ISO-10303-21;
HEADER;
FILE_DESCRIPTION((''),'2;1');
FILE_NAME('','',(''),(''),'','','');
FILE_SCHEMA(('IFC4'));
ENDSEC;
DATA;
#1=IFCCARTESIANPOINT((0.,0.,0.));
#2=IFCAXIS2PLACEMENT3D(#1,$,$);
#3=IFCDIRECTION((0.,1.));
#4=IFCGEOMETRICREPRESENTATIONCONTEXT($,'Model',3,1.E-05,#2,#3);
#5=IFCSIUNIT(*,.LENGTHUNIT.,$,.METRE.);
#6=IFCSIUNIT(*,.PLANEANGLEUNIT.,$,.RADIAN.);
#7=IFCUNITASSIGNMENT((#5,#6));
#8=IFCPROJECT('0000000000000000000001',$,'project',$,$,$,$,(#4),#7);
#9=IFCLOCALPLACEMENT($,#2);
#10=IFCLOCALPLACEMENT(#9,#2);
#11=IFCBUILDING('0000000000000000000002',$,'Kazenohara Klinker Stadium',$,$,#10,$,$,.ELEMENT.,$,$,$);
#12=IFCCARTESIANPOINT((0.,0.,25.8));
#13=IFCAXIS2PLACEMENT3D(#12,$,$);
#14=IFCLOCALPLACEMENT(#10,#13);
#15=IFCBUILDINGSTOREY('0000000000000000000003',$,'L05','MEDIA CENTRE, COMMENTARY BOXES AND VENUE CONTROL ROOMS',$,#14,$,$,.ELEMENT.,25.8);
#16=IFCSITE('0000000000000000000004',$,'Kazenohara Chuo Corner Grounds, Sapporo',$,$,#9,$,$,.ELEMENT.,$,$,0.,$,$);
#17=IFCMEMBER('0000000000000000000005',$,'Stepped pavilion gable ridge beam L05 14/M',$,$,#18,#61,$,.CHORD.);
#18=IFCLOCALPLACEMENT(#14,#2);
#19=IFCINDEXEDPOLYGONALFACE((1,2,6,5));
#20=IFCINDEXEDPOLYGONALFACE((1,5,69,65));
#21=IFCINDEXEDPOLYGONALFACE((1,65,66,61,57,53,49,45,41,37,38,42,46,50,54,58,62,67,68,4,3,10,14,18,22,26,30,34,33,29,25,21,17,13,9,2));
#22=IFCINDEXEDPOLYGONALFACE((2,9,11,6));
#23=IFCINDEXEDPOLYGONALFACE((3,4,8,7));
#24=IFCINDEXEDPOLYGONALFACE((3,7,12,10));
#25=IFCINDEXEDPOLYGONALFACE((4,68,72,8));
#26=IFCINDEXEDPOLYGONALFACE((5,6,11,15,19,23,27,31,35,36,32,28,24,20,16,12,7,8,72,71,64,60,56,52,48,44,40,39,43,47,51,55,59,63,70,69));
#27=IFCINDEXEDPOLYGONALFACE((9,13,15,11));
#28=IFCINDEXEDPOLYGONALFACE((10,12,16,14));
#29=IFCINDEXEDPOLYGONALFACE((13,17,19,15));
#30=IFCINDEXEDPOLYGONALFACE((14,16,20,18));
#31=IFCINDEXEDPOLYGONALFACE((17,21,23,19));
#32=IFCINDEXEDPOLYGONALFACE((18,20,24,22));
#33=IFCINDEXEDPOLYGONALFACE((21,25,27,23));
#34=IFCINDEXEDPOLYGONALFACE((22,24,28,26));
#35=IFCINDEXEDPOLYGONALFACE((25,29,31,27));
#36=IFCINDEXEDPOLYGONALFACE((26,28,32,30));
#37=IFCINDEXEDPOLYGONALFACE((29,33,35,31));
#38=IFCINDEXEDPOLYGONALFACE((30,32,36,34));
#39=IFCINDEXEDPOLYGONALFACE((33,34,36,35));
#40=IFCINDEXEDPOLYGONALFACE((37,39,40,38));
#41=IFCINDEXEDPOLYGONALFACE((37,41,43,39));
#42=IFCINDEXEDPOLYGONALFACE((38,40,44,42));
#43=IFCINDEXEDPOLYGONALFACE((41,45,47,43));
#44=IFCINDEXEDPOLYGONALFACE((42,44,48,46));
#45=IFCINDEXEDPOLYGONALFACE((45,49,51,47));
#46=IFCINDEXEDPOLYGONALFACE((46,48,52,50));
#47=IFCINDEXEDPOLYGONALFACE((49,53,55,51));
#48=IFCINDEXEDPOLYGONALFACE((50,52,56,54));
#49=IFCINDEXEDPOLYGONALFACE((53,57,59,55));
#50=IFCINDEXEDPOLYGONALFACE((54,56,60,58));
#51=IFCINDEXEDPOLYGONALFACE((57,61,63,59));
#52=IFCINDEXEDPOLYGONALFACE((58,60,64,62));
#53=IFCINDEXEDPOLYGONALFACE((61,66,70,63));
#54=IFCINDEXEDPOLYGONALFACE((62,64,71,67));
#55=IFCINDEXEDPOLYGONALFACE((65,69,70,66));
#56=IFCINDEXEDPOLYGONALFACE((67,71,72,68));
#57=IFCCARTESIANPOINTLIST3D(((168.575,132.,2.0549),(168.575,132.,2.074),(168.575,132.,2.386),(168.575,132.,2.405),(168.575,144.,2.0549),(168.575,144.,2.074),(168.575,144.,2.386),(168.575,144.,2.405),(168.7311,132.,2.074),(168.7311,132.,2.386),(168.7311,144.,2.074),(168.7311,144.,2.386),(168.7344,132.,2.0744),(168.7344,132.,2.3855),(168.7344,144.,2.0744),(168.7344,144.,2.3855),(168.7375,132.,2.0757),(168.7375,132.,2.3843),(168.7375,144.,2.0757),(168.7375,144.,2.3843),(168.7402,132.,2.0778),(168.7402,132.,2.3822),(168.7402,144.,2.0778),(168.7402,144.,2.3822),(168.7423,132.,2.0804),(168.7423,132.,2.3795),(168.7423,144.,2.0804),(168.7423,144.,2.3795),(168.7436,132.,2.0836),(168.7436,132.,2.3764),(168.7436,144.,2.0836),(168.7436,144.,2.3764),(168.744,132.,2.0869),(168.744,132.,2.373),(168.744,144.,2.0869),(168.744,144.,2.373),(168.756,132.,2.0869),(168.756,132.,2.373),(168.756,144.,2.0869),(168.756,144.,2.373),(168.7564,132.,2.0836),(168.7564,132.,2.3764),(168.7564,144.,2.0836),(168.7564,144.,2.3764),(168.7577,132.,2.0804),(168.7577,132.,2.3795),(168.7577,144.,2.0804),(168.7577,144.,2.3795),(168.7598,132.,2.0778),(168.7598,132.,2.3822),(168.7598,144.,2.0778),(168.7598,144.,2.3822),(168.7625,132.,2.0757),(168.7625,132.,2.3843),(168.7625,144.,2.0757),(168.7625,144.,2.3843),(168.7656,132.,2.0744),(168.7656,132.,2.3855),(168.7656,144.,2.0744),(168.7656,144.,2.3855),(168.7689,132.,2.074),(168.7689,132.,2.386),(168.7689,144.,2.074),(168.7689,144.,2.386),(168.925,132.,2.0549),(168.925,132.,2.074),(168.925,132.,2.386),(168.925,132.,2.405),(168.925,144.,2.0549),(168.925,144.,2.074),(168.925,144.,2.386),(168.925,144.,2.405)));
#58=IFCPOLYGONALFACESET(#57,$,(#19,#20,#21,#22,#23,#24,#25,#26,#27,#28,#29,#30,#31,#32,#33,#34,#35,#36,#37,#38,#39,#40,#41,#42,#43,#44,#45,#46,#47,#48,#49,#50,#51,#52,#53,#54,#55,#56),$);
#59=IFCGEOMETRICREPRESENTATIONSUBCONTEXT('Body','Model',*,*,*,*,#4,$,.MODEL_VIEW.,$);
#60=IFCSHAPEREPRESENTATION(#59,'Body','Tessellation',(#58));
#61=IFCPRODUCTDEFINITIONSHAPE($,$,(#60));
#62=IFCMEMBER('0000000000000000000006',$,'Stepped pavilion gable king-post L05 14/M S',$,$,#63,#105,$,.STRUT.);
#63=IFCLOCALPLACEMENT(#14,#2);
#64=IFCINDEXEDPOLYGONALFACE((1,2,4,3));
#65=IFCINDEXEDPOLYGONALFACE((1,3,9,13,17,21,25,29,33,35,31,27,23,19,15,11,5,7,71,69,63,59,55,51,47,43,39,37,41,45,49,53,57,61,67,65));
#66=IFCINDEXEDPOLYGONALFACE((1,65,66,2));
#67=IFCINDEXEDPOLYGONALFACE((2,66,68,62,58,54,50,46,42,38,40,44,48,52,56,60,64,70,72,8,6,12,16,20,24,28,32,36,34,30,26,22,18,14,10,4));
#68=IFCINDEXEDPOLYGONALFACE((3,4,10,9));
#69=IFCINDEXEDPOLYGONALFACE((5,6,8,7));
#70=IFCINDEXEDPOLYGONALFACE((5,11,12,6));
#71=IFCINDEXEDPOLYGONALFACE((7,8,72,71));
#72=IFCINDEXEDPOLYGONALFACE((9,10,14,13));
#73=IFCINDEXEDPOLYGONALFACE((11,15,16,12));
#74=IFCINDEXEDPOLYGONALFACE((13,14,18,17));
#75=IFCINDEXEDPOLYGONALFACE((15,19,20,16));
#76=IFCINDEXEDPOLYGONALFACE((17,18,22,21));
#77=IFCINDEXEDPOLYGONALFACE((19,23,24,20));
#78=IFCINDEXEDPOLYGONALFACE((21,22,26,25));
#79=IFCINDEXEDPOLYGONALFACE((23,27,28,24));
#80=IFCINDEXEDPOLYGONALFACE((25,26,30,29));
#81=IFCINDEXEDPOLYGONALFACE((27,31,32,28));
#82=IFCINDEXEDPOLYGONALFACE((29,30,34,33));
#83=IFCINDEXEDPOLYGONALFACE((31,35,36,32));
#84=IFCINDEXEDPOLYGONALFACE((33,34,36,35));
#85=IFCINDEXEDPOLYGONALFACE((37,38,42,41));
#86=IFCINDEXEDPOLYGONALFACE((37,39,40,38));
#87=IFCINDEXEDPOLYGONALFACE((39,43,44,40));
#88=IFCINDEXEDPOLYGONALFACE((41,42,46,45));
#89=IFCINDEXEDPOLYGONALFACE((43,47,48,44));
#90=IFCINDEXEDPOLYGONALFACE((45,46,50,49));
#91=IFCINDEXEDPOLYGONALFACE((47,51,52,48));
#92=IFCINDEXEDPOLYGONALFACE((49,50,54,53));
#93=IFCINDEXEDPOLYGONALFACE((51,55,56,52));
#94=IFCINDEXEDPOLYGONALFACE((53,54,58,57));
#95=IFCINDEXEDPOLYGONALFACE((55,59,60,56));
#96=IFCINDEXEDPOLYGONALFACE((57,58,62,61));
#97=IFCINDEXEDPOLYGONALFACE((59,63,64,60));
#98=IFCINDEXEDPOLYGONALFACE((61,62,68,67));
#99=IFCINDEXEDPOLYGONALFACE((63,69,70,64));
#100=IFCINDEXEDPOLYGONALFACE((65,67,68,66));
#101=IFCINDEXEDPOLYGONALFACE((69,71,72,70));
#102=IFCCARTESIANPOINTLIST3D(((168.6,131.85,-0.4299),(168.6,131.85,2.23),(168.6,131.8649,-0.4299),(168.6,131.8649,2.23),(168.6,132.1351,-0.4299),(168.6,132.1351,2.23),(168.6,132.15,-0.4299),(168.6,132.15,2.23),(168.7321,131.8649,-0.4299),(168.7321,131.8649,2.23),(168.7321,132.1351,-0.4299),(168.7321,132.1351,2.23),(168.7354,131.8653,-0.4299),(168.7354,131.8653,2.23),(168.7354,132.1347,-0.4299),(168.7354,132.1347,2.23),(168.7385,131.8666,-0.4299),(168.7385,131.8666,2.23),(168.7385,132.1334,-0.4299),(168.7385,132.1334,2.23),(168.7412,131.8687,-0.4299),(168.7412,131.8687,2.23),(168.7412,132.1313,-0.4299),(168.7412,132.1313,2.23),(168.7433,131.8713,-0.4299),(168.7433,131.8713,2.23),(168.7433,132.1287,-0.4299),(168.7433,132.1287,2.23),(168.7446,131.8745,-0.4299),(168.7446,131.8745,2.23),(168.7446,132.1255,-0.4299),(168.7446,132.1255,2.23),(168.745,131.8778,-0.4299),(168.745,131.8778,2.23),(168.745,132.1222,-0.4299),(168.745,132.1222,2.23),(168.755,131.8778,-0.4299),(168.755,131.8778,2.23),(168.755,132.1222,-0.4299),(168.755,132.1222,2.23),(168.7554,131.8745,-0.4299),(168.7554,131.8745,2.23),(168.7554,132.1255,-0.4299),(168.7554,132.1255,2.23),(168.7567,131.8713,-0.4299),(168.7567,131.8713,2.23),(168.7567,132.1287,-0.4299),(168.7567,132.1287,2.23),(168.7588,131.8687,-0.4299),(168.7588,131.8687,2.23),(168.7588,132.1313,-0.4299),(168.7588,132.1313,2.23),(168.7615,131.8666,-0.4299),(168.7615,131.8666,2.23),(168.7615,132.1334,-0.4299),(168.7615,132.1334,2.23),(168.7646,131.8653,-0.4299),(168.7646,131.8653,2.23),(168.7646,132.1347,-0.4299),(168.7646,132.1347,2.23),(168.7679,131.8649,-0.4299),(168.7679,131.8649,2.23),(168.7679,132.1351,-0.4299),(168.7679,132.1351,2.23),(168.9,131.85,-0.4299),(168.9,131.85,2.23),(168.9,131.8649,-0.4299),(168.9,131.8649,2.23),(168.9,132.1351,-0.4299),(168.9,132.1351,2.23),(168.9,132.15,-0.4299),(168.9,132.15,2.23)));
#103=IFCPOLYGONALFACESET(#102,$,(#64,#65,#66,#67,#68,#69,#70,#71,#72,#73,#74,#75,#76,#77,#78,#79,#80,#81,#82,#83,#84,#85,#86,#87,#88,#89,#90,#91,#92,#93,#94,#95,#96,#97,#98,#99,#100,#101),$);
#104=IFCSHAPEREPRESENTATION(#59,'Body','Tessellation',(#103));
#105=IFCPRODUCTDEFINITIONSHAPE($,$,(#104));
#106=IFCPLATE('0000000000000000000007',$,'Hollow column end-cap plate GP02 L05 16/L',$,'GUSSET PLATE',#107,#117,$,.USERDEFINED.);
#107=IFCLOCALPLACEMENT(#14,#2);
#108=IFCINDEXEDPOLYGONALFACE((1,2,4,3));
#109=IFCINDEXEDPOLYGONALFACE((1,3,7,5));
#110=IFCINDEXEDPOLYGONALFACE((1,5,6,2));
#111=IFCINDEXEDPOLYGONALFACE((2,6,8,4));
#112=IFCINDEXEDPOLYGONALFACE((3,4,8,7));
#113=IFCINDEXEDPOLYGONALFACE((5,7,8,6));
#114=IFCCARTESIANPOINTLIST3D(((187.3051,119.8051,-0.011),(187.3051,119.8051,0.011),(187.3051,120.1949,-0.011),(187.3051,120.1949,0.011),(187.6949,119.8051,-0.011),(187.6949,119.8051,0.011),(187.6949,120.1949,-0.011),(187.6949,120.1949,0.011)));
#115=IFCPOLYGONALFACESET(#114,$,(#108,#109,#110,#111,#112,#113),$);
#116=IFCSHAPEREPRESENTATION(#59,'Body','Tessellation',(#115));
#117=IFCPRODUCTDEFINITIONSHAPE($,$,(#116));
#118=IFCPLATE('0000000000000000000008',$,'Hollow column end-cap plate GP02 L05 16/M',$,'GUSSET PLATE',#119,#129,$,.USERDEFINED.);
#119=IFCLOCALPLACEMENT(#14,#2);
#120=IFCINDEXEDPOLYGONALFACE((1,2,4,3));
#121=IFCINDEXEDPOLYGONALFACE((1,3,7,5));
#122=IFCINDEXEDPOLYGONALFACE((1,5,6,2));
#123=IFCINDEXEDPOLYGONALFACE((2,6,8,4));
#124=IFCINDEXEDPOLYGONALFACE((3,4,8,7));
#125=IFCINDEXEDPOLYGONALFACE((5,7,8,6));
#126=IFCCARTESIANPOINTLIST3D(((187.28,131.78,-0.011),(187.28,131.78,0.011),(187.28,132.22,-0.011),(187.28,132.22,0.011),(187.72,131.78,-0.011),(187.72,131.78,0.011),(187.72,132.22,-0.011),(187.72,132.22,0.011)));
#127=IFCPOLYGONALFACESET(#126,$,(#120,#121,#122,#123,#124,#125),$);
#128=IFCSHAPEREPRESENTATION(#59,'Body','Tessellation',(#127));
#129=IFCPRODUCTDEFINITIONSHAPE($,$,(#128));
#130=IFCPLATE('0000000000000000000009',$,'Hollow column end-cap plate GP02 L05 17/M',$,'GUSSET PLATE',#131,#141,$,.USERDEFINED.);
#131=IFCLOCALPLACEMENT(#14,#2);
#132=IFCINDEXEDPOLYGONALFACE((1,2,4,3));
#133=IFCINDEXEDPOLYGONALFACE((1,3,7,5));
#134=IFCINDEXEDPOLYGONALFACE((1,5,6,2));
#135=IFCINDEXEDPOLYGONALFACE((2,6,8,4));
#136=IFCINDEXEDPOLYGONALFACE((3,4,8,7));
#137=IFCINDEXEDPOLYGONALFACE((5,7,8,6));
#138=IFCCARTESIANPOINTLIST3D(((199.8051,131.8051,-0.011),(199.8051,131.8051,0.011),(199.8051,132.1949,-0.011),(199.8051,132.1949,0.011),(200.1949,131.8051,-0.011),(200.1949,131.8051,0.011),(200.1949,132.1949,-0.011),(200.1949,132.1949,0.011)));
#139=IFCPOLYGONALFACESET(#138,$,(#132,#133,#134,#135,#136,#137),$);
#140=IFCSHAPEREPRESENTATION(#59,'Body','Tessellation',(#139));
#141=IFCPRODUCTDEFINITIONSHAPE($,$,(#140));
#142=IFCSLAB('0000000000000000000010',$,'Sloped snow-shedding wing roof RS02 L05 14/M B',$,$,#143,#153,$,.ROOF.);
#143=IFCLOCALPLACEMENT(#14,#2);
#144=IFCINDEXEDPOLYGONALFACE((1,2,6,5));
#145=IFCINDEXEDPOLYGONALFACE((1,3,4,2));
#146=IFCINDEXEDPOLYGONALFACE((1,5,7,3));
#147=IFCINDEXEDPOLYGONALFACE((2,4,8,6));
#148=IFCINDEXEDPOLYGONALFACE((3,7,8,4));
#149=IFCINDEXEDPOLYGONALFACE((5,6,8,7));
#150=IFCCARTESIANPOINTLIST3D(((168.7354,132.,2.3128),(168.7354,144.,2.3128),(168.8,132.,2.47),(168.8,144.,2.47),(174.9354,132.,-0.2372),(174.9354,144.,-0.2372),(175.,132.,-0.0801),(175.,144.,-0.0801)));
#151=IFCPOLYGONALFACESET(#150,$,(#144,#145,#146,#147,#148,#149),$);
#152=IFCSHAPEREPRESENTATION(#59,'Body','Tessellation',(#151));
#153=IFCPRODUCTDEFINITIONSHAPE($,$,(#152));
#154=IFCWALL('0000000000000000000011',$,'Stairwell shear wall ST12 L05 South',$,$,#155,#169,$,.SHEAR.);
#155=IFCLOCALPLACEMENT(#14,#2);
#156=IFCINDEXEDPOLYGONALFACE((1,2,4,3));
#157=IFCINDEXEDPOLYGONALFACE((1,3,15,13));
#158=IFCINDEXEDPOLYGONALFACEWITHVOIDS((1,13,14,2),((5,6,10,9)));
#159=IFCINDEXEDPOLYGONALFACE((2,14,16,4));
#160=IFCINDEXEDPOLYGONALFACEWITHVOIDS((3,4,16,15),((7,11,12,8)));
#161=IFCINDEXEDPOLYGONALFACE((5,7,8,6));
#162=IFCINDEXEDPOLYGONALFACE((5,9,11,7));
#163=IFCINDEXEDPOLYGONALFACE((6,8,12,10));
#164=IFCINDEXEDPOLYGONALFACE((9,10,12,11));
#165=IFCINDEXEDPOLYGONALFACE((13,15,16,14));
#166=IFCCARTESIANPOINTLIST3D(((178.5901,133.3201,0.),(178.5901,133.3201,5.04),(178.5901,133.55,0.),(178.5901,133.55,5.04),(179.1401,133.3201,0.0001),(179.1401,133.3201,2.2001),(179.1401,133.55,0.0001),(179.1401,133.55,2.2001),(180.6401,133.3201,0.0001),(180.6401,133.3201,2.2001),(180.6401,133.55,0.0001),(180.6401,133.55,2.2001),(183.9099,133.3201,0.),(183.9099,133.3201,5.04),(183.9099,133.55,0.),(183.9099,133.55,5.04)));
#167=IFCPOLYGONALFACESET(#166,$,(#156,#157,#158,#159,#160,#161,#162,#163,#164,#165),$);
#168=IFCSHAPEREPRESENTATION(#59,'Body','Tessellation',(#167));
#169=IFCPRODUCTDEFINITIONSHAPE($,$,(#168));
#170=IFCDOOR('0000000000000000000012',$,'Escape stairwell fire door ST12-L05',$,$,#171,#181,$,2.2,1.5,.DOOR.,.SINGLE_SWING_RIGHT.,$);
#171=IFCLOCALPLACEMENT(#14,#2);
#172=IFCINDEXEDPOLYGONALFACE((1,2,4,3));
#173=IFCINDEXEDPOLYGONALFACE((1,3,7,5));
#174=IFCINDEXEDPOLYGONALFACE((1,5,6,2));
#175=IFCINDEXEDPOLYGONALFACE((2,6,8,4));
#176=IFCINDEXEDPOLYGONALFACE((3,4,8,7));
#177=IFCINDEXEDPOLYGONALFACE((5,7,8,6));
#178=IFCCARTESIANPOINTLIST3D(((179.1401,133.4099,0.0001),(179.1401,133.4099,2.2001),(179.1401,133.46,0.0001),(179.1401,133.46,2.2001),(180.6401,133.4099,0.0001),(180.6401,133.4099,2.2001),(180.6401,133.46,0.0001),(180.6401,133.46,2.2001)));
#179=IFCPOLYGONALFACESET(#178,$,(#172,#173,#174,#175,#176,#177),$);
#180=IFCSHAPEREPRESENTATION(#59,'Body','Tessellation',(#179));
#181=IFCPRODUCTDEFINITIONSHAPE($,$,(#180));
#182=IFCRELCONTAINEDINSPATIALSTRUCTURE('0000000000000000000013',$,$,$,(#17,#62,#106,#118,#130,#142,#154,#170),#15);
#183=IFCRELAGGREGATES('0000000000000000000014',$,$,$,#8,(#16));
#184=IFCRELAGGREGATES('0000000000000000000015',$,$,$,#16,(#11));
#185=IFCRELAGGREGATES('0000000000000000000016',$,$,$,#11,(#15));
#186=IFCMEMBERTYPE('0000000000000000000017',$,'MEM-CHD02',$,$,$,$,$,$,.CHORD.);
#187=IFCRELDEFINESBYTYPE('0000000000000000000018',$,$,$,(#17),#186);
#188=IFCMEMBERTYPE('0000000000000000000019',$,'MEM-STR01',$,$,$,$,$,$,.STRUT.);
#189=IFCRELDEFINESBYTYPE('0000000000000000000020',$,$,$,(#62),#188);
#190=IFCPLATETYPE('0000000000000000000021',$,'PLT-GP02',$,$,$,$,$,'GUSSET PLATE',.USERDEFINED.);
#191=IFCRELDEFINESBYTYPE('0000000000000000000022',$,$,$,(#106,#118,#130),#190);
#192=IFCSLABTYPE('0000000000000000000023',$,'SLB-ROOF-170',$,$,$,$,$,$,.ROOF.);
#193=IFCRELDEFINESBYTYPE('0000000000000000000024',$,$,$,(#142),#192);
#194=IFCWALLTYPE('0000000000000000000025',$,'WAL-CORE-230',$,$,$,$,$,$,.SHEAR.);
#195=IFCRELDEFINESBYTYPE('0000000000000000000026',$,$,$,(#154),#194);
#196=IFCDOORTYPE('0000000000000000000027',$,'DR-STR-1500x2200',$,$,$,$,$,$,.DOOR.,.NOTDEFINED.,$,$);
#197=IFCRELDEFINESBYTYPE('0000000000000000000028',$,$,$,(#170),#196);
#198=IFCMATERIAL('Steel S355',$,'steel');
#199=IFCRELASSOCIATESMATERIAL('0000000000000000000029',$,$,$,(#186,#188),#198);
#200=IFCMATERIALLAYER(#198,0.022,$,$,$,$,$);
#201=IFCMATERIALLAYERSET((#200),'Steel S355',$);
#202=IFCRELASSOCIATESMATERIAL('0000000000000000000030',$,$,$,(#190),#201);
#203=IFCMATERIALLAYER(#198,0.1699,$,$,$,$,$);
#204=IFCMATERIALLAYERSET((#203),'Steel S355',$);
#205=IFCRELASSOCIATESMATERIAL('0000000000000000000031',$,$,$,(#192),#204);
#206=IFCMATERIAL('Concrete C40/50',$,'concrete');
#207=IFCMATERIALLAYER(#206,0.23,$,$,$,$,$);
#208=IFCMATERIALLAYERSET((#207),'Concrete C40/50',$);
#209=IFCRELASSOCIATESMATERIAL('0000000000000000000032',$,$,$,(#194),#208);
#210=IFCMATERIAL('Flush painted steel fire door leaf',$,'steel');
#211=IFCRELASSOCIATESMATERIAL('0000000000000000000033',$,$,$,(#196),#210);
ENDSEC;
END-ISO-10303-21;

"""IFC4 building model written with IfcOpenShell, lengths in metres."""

from ifc_helpers import new_model, si_unit, direction, frame, frame_2d, origin, origin_2d, place, context, subcontext, project, spatial, polyline, rectangle, i_section, outline, extrude, material, layer, layer_set, material_profile, profile_set, type_object, element, fill, save


model = new_model("IFC4")

# Units and contexts
model_context = context("Model", 3, precision=1e-05, world=origin(), true_north=direction((0.0, 1.0)))
body_context = subcontext(model_context, "Body", "Model", "MODEL_VIEW")
ifc_project = project(units=[si_unit("LENGTHUNIT", "METRE"), si_unit("PLANEANGLEUNIT", "RADIAN")], contexts=[model_context])

# Site, building, storey
site_placement = place(None, origin())
site = spatial("IfcSite", under=ifc_project, at=site_placement, Name="Kazenohara Chuo Corner Grounds, Sapporo", CompositionType="ELEMENT", RefElevation=0.0)
building_placement = place(site_placement, origin())
building = spatial("IfcBuilding", under=site, at=building_placement, Name="Kazenohara Klinker Stadium", CompositionType="ELEMENT")
storey_placement = place(building_placement, frame((0.0, 0.0, 25.8)))
storey = spatial("IfcBuildingStorey", under=building, at=storey_placement, Name="L05", Description="MEDIA CENTRE, COMMENTARY BOXES AND VENUE CONTROL ROOMS", CompositionType="ELEMENT", Elevation=25.8)

# Shared definitions
ifc_material_1 = material(Name="Concrete C40/50", Category="concrete")
ifc_material_2 = material(Name="Steel S355", Category="steel")

# Members
ifc_material_profile_1 = material_profile(ifc_material_2, i_section(OverallWidth=0.3501, OverallDepth=0.3501, WebThickness=0.012, FlangeThickness=0.019, FilletRadius=0.0129, at=origin_2d()), Name="H-350x350x12x19")
ifc_profile_set_1 = profile_set([ifc_material_profile_1], Name="Steel S355")
member_type_1 = type_object("IfcMemberType", Name="MEM-CHD02", PredefinedType="CHORD", material=ifc_profile_set_1)
member_1_placement = place(storey_placement, frame((168.75, 132.0, 2.23), z_axis=(0.0, 1.0, 0.0), x_axis=(-1.0, 0.0, 0.0)))
element("IfcMember", 1, at=member_1_placement, inside=storey, type_object=member_type_1, Name="Stepped pavilion gable ridge beam L05 14/M", PredefinedType="CHORD", context=body_context, shape_type="SweptSolid", body=[
    extrude(i_section(OverallWidth=0.3501, OverallDepth=0.3501, WebThickness=0.012, FlangeThickness=0.019, FilletRadius=0.0129, at=origin_2d()), origin(), (0.0, 0.0, 1.0), 12.0),
])
ifc_material_profile_2 = material_profile(ifc_material_2, i_section(OverallWidth=0.3, OverallDepth=0.3, WebThickness=0.01, FlangeThickness=0.0149, FilletRadius=0.0129, at=origin_2d()), Name="H-300x300x10x15")
ifc_profile_set_2 = profile_set([ifc_material_profile_2], Name="Steel S355")
member_type_2 = type_object("IfcMemberType", Name="MEM-STR01", PredefinedType="STRUT", material=ifc_profile_set_2)
member_2_placement = place(storey_placement, frame((168.75, 132.0, -0.4299), z_axis=(0.0, 0.0, 1.0), x_axis=(1.0, 0.0, 0.0)))
element("IfcMember", 2, at=member_2_placement, inside=storey, type_object=member_type_2, Name="Stepped pavilion gable king-post L05 14/M S", PredefinedType="STRUT", context=body_context, shape_type="SweptSolid", body=[
    extrude(i_section(OverallWidth=0.3, OverallDepth=0.3, WebThickness=0.01, FlangeThickness=0.0149, FilletRadius=0.0129, at=origin_2d()), origin(), (0.0, 0.0, 1.0), 2.6599),
])

# Plates
ifc_layer_1 = layer(ifc_material_2, 0.022)
ifc_layer_set_1 = layer_set([ifc_layer_1], Name="Steel S355")
plate_type = type_object("IfcPlateType", Name="PLT-GP02", ElementType="GUSSET PLATE", PredefinedType="USERDEFINED", material=ifc_layer_set_1)
plate_1_placement = place(storey_placement, frame((187.5, 120.0, -0.011), z_axis=(0.0, 0.0, 1.0), x_axis=(1.0, 0.0, 0.0)))
element("IfcPlate", 3, at=plate_1_placement, inside=storey, type_object=plate_type, Name="Hollow column end-cap plate GP02 L05 16/L", ObjectType="GUSSET PLATE", PredefinedType="USERDEFINED", context=body_context, shape_type="SweptSolid", body=[
    extrude(rectangle(XDim=0.3899, YDim=0.3899, at=origin_2d()), origin(), (0.0, 0.0, 1.0), 0.022),
])
plate_2_placement = place(storey_placement, frame((187.5, 132.0, -0.011), z_axis=(0.0, 0.0, 1.0), x_axis=(1.0, 0.0, 0.0)))
element("IfcPlate", 4, at=plate_2_placement, inside=storey, type_object=plate_type, Name="Hollow column end-cap plate GP02 L05 16/M", ObjectType="GUSSET PLATE", PredefinedType="USERDEFINED", context=body_context, shape_type="SweptSolid", body=[
    extrude(rectangle(XDim=0.4399, YDim=0.4399, at=origin_2d()), origin(), (0.0, 0.0, 1.0), 0.022),
])
plate_3_placement = place(storey_placement, frame((200.0, 132.0, -0.011), z_axis=(0.0, 0.0, 1.0), x_axis=(1.0, 0.0, 0.0)))
element("IfcPlate", 5, at=plate_3_placement, inside=storey, type_object=plate_type, Name="Hollow column end-cap plate GP02 L05 17/M", ObjectType="GUSSET PLATE", PredefinedType="USERDEFINED", context=body_context, shape_type="SweptSolid", body=[
    extrude(rectangle(XDim=0.3899, YDim=0.3899, at=origin_2d()), origin(), (0.0, 0.0, 1.0), 0.022),
])

# Slab
ifc_layer_2 = layer(ifc_material_2, 0.1699)
ifc_layer_set_2 = layer_set([ifc_layer_2], Name="Steel S355")
slab_type = type_object("IfcSlabType", Name="SLB-ROOF-170", PredefinedType="ROOF", material=ifc_layer_set_2)
slab_placement = place(storey_placement, frame((168.8, 132.0, 2.47), z_axis=(0.380383, 0.0, 0.924829), x_axis=(0.924829, 0.0, -0.380383)))
element("IfcSlab", 6, at=slab_placement, inside=storey, type_object=slab_type, Name="Sloped snow-shedding wing roof RS02 L05 14/M B", PredefinedType="ROOF", context=body_context, shape_type="SweptSolid", body=[
    extrude(outline(polyline([(0.0, 0.0), (6.7039, 0.0), (6.7039, 12.0), (0.0, 12.0), (0.0, 0.0)])), origin(), (0.0, 0.0, -1.0), 0.1699),
])

# Wall, opening, door
ifc_layer_3 = layer(ifc_material_1, 0.23)
ifc_layer_set_3 = layer_set([ifc_layer_3], Name="Concrete C40/50")
wall_type_1 = type_object("IfcWallType", Name="WAL-CORE-230", PredefinedType="SHEAR", material=ifc_layer_set_3)
wall_1_placement = place(storey_placement, frame((178.5901, 133.4351, 0.0), z_axis=(0.0, 0.0, 1.0), x_axis=(1.0, 0.0, 0.0)))
wall_1 = element("IfcWall", 7, at=wall_1_placement, inside=storey, type_object=wall_type_1, Name="Stairwell shear wall ST12 L05 South", PredefinedType="SHEAR", context=body_context, shape_type="SweptSolid", body=[
    extrude(rectangle(XDim=5.3198, YDim=0.23, at=frame_2d((2.6599, 0.0))), origin(), (0.0, 0.0, 1.0), 5.04),
])
opening_1_placement = place(wall_1_placement, frame((0.55, 0.0, 0.0)))
opening_1 = element("IfcOpeningElement", 8, at=opening_1_placement, cuts=wall_1, PredefinedType="OPENING", context=body_context, shape_type="SweptSolid", body=[
    extrude(rectangle(XDim=1.5, YDim=2.2, at=frame_2d((0.75, 1.1001))), frame((0.0, 0.125, 0.0), z_axis=(0.0, -1.0, 0.0), x_axis=(1.0, 0.0, 0.0)), (0.0, 0.0, 1.0), 0.25),
])
ifc_material_3 = material(Name="Flush painted steel fire door leaf", Category="steel")
door_type_1 = type_object("IfcDoorType", Name="DR-STR-1500x2200", OperationType="NOTDEFINED", PredefinedType="DOOR", material=ifc_material_3)
door_1_placement = place(opening_1_placement, origin())
door_1 = element("IfcDoor", 9, at=door_1_placement, inside=storey, type_object=door_type_1, Name="Escape stairwell fire door ST12-L05", OperationType="SINGLE_SWING_RIGHT", OverallHeight=2.2, OverallWidth=1.5, PredefinedType="DOOR", context=body_context, shape_type="SweptSolid", body=[
    extrude(rectangle(XDim=1.5, YDim=2.2, at=frame_2d((0.75, 1.1001))), frame((0.0, 0.0249, 0.0), z_axis=(0.0, -1.0, 0.0), x_axis=(1.0, 0.0, 0.0)), (0.0, 0.0, 1.0), 0.05),
])
fill(opening_1, door_1)

save(model, "model.ifc")
